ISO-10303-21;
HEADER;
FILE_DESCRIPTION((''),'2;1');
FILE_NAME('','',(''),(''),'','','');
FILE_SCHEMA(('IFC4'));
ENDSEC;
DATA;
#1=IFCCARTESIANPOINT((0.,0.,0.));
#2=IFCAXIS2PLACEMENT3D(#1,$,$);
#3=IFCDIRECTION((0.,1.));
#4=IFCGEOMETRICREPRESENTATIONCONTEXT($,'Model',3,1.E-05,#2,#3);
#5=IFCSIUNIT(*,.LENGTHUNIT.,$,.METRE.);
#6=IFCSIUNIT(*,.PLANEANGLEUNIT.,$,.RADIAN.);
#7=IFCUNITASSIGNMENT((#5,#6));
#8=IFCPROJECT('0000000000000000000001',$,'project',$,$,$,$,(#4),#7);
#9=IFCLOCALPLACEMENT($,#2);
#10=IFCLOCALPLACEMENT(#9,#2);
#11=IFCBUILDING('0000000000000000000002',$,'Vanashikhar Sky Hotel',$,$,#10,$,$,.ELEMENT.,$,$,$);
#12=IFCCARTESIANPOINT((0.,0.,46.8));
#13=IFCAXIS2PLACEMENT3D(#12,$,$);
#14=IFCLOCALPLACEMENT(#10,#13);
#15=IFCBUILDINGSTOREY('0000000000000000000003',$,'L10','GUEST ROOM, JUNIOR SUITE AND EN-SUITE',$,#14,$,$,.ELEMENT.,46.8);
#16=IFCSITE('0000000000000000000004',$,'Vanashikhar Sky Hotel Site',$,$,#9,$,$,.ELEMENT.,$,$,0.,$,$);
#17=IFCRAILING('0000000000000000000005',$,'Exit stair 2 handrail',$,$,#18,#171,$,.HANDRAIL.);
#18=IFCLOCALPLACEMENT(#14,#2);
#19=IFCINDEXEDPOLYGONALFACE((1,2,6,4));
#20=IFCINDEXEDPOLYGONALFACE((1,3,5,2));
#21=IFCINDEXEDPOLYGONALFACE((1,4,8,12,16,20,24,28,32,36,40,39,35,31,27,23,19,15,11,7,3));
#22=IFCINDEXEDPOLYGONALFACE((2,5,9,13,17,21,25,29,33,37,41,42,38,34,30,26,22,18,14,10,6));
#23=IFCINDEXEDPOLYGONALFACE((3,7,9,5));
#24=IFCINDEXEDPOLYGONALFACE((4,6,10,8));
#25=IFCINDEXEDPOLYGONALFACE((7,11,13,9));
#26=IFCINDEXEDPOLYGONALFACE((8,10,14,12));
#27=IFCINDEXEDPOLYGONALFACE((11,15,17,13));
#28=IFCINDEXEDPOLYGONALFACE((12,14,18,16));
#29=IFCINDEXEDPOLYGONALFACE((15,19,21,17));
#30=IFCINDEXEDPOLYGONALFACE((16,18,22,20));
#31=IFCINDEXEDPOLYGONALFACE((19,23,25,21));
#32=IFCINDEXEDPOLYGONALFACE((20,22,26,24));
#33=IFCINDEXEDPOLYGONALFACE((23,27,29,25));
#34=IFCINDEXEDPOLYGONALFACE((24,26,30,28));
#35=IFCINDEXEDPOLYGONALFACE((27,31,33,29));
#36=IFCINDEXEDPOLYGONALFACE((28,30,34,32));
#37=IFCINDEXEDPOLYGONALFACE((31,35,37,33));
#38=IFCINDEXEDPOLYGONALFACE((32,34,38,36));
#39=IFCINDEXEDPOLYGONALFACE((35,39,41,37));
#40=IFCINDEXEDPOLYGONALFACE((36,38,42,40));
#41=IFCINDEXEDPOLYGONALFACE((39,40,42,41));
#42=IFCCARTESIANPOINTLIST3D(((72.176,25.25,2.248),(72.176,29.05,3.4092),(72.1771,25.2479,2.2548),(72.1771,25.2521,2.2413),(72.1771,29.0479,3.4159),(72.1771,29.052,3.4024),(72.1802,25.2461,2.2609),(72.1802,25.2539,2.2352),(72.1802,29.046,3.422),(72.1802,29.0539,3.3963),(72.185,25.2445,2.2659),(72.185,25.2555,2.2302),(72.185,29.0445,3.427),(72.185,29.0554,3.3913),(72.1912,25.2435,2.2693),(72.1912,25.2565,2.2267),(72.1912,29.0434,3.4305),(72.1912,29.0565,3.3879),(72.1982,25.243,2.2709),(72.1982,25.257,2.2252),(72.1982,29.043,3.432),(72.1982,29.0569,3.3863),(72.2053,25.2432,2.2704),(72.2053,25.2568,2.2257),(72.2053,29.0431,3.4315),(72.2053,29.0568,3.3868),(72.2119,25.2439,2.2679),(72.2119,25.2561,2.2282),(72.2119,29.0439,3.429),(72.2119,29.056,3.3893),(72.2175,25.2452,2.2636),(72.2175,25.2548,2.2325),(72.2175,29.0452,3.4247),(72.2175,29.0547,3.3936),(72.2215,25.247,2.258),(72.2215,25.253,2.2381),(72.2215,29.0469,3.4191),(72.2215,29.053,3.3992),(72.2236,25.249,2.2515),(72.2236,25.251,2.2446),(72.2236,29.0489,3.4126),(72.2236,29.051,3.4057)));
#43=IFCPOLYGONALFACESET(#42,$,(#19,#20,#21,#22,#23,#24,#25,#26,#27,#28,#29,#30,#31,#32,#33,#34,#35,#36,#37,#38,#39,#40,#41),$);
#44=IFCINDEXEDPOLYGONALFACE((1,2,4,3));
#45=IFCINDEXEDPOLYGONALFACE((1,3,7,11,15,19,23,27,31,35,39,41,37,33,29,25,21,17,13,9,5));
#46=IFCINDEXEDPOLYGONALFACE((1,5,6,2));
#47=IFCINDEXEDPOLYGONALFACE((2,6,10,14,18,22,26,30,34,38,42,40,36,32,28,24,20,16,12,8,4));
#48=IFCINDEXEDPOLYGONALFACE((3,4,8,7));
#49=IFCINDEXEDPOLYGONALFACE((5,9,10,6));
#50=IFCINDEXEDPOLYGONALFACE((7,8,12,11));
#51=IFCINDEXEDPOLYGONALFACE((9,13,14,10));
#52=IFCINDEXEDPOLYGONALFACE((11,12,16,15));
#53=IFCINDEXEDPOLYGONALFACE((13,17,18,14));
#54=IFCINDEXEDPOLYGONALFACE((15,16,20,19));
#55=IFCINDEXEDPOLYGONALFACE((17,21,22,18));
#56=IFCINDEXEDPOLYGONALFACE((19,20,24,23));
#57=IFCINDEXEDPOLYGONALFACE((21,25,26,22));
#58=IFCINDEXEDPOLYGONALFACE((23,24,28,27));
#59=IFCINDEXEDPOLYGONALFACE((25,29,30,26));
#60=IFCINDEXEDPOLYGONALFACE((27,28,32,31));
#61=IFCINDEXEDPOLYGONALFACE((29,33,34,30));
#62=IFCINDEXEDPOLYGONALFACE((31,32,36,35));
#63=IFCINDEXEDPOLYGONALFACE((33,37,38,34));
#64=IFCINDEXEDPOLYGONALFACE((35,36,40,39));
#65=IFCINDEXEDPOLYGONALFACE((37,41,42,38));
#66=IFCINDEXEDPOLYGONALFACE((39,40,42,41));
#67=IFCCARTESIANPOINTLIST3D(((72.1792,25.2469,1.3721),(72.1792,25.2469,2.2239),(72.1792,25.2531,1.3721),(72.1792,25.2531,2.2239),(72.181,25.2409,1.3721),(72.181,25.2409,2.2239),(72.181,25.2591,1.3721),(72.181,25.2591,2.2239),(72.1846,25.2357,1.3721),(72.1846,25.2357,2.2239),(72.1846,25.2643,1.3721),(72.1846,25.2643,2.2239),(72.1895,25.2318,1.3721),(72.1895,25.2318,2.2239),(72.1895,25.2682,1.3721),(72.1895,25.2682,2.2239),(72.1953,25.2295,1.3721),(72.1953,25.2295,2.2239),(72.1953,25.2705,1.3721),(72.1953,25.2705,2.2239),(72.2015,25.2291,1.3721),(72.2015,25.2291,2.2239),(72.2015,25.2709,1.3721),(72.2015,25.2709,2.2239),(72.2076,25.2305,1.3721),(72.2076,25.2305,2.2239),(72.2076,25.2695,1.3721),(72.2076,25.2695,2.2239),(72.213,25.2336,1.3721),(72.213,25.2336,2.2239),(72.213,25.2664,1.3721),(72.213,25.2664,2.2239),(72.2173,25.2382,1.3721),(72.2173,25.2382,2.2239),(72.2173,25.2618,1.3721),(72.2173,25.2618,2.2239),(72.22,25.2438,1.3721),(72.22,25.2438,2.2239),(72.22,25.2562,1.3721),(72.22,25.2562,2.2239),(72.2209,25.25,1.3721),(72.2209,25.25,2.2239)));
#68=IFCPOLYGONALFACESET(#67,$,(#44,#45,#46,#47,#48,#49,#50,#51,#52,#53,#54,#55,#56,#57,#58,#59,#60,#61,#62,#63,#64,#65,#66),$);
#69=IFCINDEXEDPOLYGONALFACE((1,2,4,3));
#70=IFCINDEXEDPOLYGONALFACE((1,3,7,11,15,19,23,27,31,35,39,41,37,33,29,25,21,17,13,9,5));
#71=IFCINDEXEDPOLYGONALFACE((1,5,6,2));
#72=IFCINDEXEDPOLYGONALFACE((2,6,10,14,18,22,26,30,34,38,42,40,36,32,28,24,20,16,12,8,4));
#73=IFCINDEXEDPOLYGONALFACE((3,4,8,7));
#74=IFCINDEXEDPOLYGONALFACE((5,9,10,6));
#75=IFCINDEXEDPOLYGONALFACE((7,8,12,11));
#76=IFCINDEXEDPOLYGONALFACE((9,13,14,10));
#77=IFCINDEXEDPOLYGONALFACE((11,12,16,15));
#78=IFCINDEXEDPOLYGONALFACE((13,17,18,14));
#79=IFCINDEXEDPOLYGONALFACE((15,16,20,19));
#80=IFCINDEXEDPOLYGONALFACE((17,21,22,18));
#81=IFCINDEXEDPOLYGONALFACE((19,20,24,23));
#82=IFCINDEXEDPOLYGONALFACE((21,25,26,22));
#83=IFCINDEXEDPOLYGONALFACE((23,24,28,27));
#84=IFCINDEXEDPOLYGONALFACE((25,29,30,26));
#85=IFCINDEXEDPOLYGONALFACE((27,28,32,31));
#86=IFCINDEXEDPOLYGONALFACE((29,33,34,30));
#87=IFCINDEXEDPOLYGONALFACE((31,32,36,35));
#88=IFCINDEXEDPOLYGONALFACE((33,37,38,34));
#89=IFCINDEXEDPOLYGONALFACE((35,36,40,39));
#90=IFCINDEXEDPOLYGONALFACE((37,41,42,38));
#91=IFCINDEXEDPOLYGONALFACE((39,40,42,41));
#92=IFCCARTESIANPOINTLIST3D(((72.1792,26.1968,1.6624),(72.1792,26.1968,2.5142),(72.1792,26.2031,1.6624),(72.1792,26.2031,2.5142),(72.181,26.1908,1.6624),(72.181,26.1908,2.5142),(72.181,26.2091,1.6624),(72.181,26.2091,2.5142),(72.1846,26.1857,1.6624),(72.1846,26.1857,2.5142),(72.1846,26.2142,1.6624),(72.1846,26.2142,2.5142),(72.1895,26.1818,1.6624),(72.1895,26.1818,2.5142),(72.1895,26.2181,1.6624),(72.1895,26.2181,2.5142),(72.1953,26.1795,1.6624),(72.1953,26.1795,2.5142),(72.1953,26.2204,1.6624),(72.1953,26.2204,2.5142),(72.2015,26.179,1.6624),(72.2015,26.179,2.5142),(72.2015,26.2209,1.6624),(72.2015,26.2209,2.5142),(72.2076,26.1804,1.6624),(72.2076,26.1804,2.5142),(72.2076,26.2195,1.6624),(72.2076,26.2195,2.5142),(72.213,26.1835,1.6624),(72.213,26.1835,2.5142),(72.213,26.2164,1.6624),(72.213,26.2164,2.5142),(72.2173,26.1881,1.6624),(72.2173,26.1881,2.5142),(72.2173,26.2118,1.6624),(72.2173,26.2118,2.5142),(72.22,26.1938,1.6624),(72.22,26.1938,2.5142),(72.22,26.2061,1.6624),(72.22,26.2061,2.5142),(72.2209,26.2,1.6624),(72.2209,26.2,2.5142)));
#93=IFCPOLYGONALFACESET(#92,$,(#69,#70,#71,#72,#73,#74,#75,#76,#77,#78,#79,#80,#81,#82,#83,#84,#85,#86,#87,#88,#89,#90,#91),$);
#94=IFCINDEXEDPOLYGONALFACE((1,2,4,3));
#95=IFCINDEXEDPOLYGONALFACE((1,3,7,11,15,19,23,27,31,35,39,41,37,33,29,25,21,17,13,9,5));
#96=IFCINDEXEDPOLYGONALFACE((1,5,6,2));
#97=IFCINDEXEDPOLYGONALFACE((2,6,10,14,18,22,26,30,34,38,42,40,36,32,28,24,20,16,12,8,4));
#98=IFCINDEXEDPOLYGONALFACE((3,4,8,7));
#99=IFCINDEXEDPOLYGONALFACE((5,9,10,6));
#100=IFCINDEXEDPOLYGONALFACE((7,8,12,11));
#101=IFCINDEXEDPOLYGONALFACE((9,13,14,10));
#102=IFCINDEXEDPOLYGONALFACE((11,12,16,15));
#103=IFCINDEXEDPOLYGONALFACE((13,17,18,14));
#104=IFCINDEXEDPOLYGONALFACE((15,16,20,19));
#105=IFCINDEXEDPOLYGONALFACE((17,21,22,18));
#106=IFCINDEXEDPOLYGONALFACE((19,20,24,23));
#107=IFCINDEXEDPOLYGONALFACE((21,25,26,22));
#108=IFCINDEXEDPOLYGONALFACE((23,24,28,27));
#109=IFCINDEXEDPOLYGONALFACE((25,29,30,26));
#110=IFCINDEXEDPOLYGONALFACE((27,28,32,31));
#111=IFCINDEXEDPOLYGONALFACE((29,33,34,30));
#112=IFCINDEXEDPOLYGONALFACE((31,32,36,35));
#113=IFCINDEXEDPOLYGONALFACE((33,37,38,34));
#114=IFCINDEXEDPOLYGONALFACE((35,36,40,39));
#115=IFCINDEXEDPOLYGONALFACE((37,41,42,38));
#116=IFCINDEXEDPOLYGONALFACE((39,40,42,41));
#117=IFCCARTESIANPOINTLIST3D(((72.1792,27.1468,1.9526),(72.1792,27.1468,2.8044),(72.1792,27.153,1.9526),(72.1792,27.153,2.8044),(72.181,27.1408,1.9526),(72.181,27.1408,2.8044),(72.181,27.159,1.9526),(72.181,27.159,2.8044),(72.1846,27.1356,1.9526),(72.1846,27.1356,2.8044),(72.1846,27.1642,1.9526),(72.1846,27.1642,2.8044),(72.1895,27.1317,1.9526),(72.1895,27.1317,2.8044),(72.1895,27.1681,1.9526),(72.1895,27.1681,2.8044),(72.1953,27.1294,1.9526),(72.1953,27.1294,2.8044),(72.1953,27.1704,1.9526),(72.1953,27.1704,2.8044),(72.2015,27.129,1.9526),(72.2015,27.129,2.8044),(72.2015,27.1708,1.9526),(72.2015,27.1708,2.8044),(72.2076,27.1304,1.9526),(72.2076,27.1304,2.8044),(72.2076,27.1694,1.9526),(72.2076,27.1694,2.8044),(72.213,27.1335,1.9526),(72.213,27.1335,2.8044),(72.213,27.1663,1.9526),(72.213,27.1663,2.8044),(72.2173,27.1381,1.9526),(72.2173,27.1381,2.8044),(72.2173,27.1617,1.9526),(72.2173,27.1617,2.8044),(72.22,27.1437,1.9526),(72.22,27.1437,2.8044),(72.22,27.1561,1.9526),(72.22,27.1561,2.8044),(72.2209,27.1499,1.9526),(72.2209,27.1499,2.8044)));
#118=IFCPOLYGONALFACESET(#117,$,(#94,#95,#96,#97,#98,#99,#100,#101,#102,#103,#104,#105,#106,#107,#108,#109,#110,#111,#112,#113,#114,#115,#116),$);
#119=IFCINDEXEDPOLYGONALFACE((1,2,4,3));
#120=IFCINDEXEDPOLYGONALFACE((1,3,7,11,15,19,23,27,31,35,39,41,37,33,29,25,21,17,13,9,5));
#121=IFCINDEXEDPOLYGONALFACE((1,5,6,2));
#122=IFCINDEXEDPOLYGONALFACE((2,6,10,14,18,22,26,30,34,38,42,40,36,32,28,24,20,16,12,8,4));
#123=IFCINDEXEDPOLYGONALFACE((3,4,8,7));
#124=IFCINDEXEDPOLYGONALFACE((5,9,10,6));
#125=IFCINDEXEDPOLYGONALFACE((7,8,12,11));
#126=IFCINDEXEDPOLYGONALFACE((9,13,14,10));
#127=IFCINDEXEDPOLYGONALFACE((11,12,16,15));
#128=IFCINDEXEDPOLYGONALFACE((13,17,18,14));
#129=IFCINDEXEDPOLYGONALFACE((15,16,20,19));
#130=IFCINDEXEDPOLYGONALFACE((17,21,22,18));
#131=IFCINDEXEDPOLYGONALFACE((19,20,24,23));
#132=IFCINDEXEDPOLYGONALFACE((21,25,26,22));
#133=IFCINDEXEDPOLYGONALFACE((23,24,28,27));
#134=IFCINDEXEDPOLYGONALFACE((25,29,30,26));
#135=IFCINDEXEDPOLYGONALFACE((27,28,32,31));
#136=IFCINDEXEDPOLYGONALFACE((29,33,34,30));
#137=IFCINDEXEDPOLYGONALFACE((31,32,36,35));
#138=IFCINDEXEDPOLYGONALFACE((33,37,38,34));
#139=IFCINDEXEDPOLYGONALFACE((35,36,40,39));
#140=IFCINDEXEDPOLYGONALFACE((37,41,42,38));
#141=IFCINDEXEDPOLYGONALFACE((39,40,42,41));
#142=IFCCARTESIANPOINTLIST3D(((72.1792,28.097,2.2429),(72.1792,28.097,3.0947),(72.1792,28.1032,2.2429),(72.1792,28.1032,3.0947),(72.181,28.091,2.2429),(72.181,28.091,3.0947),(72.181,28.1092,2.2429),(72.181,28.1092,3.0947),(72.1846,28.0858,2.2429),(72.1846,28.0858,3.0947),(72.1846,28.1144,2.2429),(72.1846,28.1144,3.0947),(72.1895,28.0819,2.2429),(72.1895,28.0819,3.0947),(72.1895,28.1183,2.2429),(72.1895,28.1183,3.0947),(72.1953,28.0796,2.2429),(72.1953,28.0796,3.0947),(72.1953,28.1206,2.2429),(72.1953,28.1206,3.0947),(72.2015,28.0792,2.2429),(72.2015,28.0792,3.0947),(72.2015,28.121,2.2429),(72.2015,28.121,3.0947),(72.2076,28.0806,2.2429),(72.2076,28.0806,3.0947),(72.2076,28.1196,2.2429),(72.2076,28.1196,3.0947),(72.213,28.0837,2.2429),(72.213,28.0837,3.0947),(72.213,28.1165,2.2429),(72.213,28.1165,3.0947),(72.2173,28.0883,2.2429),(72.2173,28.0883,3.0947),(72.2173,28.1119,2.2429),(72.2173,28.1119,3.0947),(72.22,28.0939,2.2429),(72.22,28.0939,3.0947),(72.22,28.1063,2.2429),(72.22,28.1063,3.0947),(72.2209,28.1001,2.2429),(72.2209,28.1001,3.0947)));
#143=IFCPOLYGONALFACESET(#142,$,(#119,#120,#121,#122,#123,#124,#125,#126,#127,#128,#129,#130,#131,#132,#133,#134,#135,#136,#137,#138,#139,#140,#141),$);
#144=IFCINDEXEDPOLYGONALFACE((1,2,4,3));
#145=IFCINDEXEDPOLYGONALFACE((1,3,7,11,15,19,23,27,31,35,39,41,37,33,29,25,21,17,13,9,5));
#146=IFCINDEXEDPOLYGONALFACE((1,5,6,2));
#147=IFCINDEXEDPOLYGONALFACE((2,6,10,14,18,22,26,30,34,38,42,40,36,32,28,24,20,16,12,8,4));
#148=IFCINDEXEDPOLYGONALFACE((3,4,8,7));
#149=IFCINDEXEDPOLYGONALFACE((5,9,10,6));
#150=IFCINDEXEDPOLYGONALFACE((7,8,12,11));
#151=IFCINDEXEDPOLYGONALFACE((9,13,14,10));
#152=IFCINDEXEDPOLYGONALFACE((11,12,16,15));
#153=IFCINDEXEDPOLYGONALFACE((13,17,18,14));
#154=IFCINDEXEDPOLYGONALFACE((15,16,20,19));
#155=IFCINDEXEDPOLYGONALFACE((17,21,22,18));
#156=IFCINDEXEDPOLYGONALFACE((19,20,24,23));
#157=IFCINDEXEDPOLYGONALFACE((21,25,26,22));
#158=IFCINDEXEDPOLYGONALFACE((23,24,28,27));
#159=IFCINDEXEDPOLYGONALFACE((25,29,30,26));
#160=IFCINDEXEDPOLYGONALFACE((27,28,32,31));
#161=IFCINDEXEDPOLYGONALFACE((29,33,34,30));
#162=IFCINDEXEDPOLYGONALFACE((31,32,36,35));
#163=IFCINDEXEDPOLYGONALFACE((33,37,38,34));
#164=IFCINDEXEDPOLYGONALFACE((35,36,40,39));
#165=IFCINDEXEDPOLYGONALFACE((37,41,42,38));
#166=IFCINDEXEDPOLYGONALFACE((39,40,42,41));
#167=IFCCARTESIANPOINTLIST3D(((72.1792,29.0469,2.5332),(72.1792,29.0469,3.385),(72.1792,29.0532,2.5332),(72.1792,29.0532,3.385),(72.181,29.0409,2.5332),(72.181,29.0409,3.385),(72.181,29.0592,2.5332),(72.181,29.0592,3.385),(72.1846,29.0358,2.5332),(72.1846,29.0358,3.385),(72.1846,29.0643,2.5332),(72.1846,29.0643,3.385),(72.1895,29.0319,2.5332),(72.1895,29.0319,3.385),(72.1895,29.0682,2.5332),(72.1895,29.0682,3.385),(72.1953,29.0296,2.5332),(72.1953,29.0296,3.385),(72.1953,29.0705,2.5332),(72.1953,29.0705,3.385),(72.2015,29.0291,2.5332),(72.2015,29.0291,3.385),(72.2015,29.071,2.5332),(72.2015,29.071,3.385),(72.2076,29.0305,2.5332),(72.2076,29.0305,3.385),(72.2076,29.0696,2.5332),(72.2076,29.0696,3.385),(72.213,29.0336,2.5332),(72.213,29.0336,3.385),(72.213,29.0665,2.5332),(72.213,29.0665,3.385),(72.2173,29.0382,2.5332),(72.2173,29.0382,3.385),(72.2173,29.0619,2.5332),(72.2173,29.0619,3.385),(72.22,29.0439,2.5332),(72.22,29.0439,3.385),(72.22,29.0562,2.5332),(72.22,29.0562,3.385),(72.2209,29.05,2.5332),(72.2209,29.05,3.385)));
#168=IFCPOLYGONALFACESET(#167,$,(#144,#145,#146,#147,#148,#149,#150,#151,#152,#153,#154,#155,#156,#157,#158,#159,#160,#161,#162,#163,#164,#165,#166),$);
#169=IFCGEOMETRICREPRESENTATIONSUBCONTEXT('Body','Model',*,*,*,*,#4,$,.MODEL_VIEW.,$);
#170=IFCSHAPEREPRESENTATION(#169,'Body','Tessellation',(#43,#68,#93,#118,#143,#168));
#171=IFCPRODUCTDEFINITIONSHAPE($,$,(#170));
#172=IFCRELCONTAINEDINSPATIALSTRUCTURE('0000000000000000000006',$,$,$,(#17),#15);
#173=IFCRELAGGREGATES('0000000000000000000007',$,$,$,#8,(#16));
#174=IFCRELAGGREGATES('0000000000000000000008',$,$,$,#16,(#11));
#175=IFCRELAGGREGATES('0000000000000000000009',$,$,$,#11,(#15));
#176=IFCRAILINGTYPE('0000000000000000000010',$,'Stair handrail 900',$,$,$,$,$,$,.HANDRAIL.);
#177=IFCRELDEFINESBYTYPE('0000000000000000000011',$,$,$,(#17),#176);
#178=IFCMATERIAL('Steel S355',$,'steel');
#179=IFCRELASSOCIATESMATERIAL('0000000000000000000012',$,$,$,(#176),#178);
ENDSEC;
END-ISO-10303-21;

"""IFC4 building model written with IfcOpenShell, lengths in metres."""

from ifc_helpers import new_model, si_unit, direction, frame, origin, origin_2d, place, context, subcontext, project, spatial, circle, extrude, source, transform, mapped, material, type_object, element, save


model = new_model("IFC4")

# Units and contexts
model_context = context("Model", 3, precision=1e-05, world=origin(), true_north=direction((0.0, 1.0)))
body_context = subcontext(model_context, "Body", "Model", "MODEL_VIEW")
ifc_project = project(units=[si_unit("LENGTHUNIT", "METRE"), si_unit("PLANEANGLEUNIT", "RADIAN")], contexts=[model_context])

# Site, building, storey
site_placement = place(None, origin())
site = spatial("IfcSite", under=ifc_project, at=site_placement, Name="Vanashikhar Sky Hotel Site", CompositionType="ELEMENT", RefElevation=0.0)
building_placement = place(site_placement, origin())
building = spatial("IfcBuilding", under=site, at=building_placement, Name="Vanashikhar Sky Hotel", CompositionType="ELEMENT")
storey_placement = place(building_placement, frame((0.0, 0.0, 46.8)))
storey = spatial("IfcBuildingStorey", under=building, at=storey_placement, Name="L10", Description="GUEST ROOM, JUNIOR SUITE AND EN-SUITE", CompositionType="ELEMENT", Elevation=46.8)

# Railing
ifc_material_1 = material(Name="Steel S355", Category="steel")
railing_type_1 = type_object("IfcRailingType", Name="Stair handrail 900", PredefinedType="HANDRAIL", material=ifc_material_1)
shared_shape_1 = source(origin(), body_context, "Body", "SweptSolid", [
    extrude(circle(Radius=0.0239, at=origin_2d()), frame((0.0, 0.0, 0.876), z_axis=(0.0, 0.956351, 0.29222), x_axis=(-1.0, 0.0, 0.0)), (0.0, 0.0, 1.0), 3.9734),
    extrude(circle(Radius=0.021, at=origin_2d()), origin(), (0.0, 0.0, 1.0), 0.8518),
    extrude(circle(Radius=0.021, at=origin_2d()), frame((0.0, 0.95, 0.2903)), (0.0, 0.0, 1.0), 0.8518),
    extrude(circle(Radius=0.021, at=origin_2d()), frame((0.0, 1.8999, 0.5806)), (0.0, 0.0, 1.0), 0.8518),
    extrude(circle(Radius=0.021, at=origin_2d()), frame((0.0, 2.8501, 0.8708)), (0.0, 0.0, 1.0), 0.8518),
    extrude(circle(Radius=0.021, at=origin_2d()), frame((0.0, 3.8, 1.1611)), (0.0, 0.0, 1.0), 0.8518),
])
for number, where, name in (
    (1, (72.2, 25.25, 1.3721), "Exit stair 2 handrail"),
):
    element("IfcRailing", number, at=place(storey_placement, frame(where)), inside=storey, type_object=railing_type_1, Name=name, PredefinedType="HANDRAIL", context=body_context, shape_type="MappedRepresentation", body=[
        mapped(shared_shape_1, transform((0.0, 0.0, 0.0), scale=1.0)),
    ])

save(model, "model.ifc")
